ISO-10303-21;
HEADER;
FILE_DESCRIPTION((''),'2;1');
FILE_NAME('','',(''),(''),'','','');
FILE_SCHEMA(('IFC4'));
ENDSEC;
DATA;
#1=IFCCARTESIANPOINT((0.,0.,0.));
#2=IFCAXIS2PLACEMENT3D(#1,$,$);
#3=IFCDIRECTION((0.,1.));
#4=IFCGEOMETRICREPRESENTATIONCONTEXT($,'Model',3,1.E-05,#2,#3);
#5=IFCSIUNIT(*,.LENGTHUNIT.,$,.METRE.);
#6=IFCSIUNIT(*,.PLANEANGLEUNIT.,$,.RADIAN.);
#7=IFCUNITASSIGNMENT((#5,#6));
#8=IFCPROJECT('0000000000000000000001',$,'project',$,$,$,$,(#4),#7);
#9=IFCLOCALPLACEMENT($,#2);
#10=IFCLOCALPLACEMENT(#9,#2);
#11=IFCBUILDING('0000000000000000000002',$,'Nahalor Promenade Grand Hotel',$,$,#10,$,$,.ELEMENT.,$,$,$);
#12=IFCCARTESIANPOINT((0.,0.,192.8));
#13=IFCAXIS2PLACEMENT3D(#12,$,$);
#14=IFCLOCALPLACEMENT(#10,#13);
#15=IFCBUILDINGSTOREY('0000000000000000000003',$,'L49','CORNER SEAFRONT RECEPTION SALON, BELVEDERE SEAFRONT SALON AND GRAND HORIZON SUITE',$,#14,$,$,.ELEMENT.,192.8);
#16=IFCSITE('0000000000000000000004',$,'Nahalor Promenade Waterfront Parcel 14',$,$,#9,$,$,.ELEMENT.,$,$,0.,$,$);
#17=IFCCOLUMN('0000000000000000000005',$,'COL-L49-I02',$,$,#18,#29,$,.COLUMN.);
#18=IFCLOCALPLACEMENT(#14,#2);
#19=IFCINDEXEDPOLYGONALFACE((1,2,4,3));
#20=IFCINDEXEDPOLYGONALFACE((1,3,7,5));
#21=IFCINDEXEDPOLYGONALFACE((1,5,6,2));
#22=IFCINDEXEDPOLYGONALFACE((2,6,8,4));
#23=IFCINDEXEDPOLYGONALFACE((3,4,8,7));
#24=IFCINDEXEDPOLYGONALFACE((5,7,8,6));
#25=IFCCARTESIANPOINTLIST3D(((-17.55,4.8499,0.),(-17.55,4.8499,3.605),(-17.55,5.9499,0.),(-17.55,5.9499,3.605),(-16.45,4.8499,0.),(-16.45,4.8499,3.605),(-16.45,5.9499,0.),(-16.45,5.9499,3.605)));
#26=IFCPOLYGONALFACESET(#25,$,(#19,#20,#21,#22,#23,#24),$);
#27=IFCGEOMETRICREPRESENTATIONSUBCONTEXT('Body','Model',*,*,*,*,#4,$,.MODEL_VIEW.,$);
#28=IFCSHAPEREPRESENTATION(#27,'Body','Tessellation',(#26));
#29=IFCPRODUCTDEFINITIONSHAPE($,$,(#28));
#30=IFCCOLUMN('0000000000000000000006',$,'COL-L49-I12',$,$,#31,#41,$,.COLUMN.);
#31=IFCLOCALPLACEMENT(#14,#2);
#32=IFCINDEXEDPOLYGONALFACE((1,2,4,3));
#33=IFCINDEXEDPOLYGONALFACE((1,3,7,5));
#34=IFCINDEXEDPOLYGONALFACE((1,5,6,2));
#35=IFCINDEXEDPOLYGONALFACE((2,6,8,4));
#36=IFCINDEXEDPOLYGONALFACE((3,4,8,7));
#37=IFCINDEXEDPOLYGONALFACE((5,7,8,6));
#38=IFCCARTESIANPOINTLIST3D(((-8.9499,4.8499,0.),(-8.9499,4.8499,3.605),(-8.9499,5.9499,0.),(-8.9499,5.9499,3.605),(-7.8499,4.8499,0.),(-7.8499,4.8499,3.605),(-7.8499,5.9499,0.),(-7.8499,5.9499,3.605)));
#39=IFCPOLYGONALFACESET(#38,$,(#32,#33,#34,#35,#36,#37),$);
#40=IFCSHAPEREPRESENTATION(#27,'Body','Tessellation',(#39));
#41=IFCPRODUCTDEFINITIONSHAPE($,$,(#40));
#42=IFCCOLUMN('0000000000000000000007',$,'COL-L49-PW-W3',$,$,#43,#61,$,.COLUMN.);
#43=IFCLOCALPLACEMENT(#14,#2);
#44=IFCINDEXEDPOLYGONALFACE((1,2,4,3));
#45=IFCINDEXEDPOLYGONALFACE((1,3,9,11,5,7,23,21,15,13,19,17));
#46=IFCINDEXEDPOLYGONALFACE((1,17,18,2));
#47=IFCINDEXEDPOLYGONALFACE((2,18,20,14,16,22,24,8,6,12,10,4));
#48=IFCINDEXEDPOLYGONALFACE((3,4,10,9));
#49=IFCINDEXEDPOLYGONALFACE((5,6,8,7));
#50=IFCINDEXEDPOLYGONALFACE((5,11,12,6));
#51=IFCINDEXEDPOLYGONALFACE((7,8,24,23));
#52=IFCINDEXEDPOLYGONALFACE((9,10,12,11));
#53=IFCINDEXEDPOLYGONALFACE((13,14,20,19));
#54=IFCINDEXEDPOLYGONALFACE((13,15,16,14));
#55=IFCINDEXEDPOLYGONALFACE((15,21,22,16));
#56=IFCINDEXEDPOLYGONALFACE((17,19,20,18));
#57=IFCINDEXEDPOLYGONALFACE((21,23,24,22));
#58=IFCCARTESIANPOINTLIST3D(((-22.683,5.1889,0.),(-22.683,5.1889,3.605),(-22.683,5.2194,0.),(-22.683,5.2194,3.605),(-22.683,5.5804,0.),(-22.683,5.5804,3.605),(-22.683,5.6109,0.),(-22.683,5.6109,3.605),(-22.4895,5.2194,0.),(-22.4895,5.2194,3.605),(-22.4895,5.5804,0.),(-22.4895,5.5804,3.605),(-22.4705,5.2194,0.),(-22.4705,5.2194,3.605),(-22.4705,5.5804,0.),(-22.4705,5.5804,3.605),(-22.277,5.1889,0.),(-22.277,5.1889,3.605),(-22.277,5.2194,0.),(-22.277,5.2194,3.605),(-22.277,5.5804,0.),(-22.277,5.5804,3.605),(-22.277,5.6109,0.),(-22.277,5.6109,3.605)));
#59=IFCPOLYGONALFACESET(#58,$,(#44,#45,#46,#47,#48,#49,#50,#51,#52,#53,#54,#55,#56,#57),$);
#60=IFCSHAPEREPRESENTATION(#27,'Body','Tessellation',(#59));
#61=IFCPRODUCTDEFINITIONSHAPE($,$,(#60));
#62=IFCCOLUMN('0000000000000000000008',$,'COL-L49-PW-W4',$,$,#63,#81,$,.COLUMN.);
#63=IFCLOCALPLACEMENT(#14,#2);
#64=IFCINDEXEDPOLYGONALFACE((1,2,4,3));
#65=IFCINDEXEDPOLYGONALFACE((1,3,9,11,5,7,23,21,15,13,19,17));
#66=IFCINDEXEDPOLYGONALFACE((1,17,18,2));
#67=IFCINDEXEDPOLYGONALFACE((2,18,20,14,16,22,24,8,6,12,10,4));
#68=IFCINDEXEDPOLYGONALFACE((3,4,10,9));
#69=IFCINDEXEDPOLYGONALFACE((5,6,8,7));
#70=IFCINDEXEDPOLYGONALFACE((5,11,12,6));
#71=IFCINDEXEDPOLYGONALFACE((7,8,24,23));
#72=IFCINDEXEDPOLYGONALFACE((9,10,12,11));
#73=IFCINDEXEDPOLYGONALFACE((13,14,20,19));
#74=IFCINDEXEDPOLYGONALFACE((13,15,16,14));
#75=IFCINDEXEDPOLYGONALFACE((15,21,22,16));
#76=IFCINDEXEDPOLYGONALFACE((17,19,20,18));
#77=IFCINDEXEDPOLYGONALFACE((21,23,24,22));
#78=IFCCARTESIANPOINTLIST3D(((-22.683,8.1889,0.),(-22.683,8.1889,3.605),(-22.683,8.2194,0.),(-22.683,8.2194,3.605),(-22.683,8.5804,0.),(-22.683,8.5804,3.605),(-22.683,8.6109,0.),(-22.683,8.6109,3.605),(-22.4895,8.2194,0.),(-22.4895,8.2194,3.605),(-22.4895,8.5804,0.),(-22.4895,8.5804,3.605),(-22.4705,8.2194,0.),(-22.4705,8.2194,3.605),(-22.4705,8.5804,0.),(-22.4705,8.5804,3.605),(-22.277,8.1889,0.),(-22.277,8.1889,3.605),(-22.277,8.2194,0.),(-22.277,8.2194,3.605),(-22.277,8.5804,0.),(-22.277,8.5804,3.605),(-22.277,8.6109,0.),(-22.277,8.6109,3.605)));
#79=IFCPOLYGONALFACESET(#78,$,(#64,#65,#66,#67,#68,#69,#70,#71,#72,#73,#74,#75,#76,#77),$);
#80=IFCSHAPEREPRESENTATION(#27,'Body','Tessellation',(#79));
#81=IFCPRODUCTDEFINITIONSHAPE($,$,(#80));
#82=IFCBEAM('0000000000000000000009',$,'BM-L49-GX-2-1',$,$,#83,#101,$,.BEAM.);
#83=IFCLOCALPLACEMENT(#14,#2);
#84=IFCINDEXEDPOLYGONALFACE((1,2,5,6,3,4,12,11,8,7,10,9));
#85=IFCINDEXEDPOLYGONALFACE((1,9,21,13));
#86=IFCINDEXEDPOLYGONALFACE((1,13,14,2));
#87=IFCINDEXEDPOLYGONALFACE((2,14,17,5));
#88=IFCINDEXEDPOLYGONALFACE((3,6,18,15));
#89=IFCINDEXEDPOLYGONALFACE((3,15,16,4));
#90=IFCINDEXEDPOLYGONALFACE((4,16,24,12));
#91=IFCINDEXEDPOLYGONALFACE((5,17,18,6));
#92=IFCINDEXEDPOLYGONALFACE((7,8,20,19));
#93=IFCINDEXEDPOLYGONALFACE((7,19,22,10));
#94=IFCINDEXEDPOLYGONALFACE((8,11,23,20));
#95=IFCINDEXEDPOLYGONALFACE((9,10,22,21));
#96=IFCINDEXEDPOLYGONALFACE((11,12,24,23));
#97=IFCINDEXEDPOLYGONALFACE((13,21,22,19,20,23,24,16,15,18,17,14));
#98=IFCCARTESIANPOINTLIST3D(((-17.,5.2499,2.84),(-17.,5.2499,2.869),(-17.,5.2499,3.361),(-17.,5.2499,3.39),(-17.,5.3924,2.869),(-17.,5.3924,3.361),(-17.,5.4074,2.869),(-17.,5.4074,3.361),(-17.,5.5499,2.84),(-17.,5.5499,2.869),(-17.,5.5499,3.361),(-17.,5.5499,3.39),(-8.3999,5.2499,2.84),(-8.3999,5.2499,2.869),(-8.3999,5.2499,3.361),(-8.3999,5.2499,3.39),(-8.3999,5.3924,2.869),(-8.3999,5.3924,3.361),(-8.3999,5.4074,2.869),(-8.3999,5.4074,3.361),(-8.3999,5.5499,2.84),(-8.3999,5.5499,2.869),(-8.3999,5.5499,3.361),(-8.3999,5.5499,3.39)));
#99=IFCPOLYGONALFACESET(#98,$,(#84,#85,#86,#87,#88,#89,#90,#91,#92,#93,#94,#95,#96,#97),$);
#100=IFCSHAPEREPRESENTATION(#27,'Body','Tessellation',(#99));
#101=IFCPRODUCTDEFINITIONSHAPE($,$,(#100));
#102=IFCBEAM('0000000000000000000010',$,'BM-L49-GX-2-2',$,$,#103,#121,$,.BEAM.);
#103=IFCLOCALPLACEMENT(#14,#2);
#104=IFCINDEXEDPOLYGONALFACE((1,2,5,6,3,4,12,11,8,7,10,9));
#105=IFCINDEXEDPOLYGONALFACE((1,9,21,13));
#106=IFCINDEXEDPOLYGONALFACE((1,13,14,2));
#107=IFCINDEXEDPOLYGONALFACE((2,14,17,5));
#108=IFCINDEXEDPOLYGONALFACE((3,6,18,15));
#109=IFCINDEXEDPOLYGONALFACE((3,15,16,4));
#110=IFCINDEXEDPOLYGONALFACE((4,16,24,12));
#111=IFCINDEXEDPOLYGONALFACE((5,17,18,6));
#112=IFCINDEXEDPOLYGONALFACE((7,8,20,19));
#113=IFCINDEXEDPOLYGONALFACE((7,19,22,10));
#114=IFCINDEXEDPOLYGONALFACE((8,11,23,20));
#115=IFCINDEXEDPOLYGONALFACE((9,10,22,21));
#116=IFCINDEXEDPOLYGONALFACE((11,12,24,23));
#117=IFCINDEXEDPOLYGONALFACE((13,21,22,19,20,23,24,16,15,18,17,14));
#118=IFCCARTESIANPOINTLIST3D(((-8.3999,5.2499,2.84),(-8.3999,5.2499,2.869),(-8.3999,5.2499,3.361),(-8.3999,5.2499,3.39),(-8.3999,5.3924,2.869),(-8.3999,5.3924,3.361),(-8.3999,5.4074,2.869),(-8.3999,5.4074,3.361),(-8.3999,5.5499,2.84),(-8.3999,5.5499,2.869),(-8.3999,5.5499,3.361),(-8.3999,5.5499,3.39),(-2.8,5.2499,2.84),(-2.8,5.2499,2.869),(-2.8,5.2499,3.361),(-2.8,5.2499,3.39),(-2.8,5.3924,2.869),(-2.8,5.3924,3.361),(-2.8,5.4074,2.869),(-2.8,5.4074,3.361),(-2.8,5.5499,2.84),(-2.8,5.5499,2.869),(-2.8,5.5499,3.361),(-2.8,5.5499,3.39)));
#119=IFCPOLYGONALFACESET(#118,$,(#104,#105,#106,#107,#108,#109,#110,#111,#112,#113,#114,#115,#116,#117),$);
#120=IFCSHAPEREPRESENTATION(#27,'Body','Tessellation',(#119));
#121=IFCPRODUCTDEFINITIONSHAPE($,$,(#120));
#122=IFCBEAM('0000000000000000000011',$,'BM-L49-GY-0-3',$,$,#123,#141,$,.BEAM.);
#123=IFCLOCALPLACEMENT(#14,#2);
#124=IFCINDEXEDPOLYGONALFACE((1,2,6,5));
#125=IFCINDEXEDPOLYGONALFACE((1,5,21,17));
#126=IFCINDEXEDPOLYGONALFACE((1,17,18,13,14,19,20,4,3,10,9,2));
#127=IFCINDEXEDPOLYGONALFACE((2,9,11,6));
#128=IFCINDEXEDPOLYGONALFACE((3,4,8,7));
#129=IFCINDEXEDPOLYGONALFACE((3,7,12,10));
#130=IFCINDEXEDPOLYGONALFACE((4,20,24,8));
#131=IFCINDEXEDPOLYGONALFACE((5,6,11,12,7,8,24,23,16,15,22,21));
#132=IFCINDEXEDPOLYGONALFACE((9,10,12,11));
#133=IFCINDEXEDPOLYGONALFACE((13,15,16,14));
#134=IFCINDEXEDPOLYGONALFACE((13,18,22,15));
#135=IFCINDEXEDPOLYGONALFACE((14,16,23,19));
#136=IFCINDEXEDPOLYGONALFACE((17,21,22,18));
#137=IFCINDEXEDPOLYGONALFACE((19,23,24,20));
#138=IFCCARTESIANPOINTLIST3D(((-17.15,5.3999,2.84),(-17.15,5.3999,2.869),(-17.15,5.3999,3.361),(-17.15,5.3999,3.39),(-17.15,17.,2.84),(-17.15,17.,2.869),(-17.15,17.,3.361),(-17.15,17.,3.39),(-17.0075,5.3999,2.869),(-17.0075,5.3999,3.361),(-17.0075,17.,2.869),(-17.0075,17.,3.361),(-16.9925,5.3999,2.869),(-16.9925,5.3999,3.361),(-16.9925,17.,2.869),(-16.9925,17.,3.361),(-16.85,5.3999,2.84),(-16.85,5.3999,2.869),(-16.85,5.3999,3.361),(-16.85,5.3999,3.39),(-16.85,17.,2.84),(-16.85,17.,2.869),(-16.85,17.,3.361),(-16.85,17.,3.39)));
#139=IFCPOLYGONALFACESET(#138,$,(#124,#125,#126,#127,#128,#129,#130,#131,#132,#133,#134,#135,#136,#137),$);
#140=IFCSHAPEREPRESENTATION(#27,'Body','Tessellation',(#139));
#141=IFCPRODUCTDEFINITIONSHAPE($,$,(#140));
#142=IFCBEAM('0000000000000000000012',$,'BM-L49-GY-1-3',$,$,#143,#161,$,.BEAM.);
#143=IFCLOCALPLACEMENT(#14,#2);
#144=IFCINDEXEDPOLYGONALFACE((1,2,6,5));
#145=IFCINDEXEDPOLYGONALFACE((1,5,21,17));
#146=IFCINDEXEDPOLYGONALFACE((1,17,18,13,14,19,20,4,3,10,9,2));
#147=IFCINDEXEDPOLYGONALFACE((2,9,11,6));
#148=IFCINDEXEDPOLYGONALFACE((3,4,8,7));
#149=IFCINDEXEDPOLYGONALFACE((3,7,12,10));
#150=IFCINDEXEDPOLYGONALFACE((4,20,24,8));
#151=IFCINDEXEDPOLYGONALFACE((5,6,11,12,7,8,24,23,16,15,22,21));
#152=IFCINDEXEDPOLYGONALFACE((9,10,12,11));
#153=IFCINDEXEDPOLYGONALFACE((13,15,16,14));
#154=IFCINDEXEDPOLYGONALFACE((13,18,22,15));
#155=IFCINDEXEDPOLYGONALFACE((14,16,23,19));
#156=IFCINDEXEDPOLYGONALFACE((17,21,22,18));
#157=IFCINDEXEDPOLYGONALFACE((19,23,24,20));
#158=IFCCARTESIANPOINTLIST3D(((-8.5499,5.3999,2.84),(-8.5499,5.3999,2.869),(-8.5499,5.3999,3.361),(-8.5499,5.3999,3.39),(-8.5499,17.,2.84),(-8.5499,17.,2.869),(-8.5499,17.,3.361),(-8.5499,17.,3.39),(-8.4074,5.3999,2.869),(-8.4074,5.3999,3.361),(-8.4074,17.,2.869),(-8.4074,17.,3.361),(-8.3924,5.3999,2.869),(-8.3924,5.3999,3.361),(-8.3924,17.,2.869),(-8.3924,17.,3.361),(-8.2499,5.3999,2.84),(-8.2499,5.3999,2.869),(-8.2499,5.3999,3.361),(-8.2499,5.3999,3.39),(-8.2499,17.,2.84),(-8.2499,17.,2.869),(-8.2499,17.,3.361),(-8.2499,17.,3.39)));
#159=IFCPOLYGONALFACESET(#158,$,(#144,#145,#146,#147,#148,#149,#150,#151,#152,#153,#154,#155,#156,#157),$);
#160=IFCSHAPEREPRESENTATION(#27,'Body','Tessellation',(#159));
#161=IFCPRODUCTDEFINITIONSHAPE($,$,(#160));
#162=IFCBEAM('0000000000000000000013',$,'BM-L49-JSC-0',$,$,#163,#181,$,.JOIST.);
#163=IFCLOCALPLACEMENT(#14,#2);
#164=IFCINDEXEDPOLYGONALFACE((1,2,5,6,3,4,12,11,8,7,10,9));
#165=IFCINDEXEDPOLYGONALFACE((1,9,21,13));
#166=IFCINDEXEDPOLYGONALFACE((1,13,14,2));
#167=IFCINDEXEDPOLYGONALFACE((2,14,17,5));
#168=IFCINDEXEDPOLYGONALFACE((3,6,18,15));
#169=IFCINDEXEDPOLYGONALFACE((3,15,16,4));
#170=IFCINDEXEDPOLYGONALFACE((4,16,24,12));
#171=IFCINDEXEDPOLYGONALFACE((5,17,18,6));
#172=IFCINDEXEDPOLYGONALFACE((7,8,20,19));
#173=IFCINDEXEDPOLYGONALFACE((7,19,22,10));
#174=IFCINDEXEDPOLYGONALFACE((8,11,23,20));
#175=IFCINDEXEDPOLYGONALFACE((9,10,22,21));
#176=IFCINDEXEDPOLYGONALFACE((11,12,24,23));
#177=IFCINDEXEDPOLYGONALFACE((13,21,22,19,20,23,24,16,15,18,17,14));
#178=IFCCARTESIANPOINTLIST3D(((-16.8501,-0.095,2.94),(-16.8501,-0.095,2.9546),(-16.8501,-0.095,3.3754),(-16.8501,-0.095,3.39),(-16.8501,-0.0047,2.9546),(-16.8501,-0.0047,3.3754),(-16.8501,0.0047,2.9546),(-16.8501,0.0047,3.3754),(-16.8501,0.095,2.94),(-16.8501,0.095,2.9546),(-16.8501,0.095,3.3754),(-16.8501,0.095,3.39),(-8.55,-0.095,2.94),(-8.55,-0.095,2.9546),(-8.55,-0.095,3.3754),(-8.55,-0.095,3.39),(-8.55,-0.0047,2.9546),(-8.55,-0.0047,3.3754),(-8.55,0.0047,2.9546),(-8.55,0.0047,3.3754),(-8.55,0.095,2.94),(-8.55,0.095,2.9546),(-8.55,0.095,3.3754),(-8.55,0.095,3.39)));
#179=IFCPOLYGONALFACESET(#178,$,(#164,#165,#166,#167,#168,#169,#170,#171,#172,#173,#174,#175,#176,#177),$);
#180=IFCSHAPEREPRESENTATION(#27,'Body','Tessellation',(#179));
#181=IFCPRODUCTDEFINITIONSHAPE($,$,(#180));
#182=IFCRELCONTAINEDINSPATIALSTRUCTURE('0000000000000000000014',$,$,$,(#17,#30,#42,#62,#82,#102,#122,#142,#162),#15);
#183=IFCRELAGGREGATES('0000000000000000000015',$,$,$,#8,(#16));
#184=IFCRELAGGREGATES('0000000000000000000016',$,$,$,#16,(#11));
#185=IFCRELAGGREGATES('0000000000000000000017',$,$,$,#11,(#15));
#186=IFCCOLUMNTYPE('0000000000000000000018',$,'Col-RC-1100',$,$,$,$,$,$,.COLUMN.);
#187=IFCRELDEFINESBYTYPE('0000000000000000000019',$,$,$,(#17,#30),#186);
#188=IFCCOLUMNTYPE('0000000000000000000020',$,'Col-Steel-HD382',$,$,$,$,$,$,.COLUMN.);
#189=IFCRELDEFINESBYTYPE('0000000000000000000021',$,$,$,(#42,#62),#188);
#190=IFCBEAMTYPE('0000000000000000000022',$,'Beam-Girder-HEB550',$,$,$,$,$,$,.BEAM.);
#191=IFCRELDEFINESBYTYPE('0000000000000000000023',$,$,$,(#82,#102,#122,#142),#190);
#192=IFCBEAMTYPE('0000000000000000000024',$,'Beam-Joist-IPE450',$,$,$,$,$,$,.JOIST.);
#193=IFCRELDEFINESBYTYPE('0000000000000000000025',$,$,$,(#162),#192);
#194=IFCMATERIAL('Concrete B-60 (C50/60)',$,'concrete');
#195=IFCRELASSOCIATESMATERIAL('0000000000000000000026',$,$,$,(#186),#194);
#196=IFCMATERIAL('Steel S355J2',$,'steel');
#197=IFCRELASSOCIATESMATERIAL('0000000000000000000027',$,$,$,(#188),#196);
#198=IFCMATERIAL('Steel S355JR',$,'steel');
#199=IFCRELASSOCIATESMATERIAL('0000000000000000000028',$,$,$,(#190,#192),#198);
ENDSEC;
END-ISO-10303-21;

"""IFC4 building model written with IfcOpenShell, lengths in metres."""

from ifc_helpers import new_model, si_unit, direction, frame, origin, origin_2d, place, context, subcontext, project, spatial, rectangle, i_section, extrude, source, transform, mapped, material, material_profile, profile_set, type_object, element, save


model = new_model("IFC4")

# Units and contexts
model_context = context("Model", 3, precision=1e-05, world=origin(), true_north=direction((0.0, 1.0)))
body_context = subcontext(model_context, "Body", "Model", "MODEL_VIEW")
ifc_project = project(units=[si_unit("LENGTHUNIT", "METRE"), si_unit("PLANEANGLEUNIT", "RADIAN")], contexts=[model_context])

# Site, building, storey
site_placement = place(None, origin())
site = spatial("IfcSite", under=ifc_project, at=site_placement, Name="Nahalor Promenade Waterfront Parcel 14", CompositionType="ELEMENT", RefElevation=0.0)
building_placement = place(site_placement, origin())
building = spatial("IfcBuilding", under=site, at=building_placement, Name="Nahalor Promenade Grand Hotel", CompositionType="ELEMENT")
storey_placement = place(building_placement, frame((0.0, 0.0, 192.8)))
storey = spatial("IfcBuildingStorey", under=building, at=storey_placement, Name="L49", Description="CORNER SEAFRONT RECEPTION SALON, BELVEDERE SEAFRONT SALON AND GRAND HORIZON SUITE", CompositionType="ELEMENT", Elevation=192.8)

# Columns
ifc_material_1 = material(Name="Concrete B-60 (C50/60)", Category="concrete")
ifc_material_profile_1 = material_profile(ifc_material_1, rectangle(XDim=1.1, YDim=1.1, at=origin_2d()), Name="RC 1100x1100")
ifc_profile_set_1 = profile_set([ifc_material_profile_1], Name="Concrete B-60 (C50/60)")
column_type_1 = type_object("IfcColumnType", Name="Col-RC-1100", PredefinedType="COLUMN", material=ifc_profile_set_1)
shared_shape_1 = source(origin(), body_context, "Body", "SweptSolid", [
    extrude(rectangle(XDim=1.1, YDim=1.1, at=origin_2d()), origin(), (0.0, 0.0, 1.0), 3.605),
])
for number, where, z_axis, x_axis, name in (
    (1, (-17.0, 5.3999, 0.0), (0.0, 0.0, 1.0), (1.0, 0.0, 0.0), "COL-L49-I02"),
    (2, (-8.3999, 5.3999, 0.0), (0.0, 0.0, 1.0), (1.0, 0.0, 0.0), "COL-L49-I12"),
):
    element("IfcColumn", number, at=place(storey_placement, frame(where, z_axis=z_axis, x_axis=x_axis)), inside=storey, type_object=column_type_1, Name=name, PredefinedType="COLUMN", context=body_context, shape_type="MappedRepresentation", body=[
        mapped(shared_shape_1, transform((0.0, 0.0, 0.0), scale=1.0)),
    ])
ifc_material_2 = material(Name="Steel S355J2", Category="steel")
ifc_material_profile_2 = material_profile(ifc_material_2, i_section(OverallWidth=0.406, OverallDepth=0.422, WebThickness=0.019, FlangeThickness=0.0305, at=origin_2d()), Name="HD 400x382")
ifc_profile_set_2 = profile_set([ifc_material_profile_2], Name="Steel S355J2")
column_type_2 = type_object("IfcColumnType", Name="Col-Steel-HD382", PredefinedType="COLUMN", material=ifc_profile_set_2)
shared_shape_2 = source(origin(), body_context, "Body", "SweptSolid", [
    extrude(i_section(OverallWidth=0.406, OverallDepth=0.422, WebThickness=0.019, FlangeThickness=0.0305, at=origin_2d()), origin(), (0.0, 0.0, 1.0), 3.605),
])
for number, where, z_axis, x_axis, name in (
    (3, (-22.48, 5.3999, 0.0), (0.0, 0.0, 1.0), (1.0, 0.0, 0.0), "COL-L49-PW-W3"),
    (4, (-22.48, 8.3999, 0.0), (0.0, 0.0, 1.0), (1.0, 0.0, 0.0), "COL-L49-PW-W4"),
):
    element("IfcColumn", number, at=place(storey_placement, frame(where, z_axis=z_axis, x_axis=x_axis)), inside=storey, type_object=column_type_2, Name=name, PredefinedType="COLUMN", context=body_context, shape_type="MappedRepresentation", body=[
        mapped(shared_shape_2, transform((0.0, 0.0, 0.0), scale=1.0)),
    ])

# Beams
ifc_material_3 = material(Name="Steel S355JR", Category="steel")
ifc_material_profile_3 = material_profile(ifc_material_3, i_section(OverallWidth=0.3, OverallDepth=0.55, WebThickness=0.015, FlangeThickness=0.029, at=origin_2d()), Name="HEB 550")
ifc_profile_set_3 = profile_set([ifc_material_profile_3], Name="Steel S355JR")
beam_type_1 = type_object("IfcBeamType", Name="Beam-Girder-HEB550", PredefinedType="BEAM", material=ifc_profile_set_3)
shared_shape_3 = source(origin(), body_context, "Body", "SweptSolid", [
    extrude(i_section(OverallWidth=0.3, OverallDepth=0.55, WebThickness=0.015, FlangeThickness=0.029, at=origin_2d()), origin(), (0.0, 0.0, 1.0), 8.6001),
])
beam_1_placement = place(storey_placement, frame((-17.0, 5.3999, 3.115), z_axis=(1.0, 0.0, 0.0), x_axis=(0.0, 1.0, 0.0)))
element("IfcBeam", 5, at=beam_1_placement, inside=storey, type_object=beam_type_1, Name="BM-L49-GX-2-1", PredefinedType="BEAM", context=body_context, shape_type="MappedRepresentation", body=[
    mapped(shared_shape_3, transform((0.0, 0.0, 0.0), scale=1.0)),
])
shared_shape_4 = source(origin(), body_context, "Body", "SweptSolid", [
    extrude(i_section(OverallWidth=0.3, OverallDepth=0.55, WebThickness=0.015, FlangeThickness=0.029, at=origin_2d()), origin(), (0.0, 0.0, 1.0), 5.5999),
])
beam_2_placement = place(storey_placement, frame((-8.3999, 5.3999, 3.115), z_axis=(1.0, 0.0, 0.0), x_axis=(0.0, 1.0, 0.0)))
element("IfcBeam", 6, at=beam_2_placement, inside=storey, type_object=beam_type_1, Name="BM-L49-GX-2-2", PredefinedType="BEAM", context=body_context, shape_type="MappedRepresentation", body=[
    mapped(shared_shape_4, transform((0.0, 0.0, 0.0), scale=1.0)),
])
shared_shape_5 = source(origin(), body_context, "Body", "SweptSolid", [
    extrude(i_section(OverallWidth=0.3, OverallDepth=0.55, WebThickness=0.015, FlangeThickness=0.029, at=origin_2d()), origin(), (0.0, 0.0, 1.0), 11.6001),
])
for number, where, z_axis, x_axis, name in (
    (7, (-17.0, 5.3999, 3.115), (0.0, 1.0, 0.0), (-1.0, 0.0, 0.0), "BM-L49-GY-0-3"),
    (8, (-8.3999, 5.3999, 3.115), (0.0, 1.0, 0.0), (-1.0, 0.0, 0.0), "BM-L49-GY-1-3"),
):
    element("IfcBeam", number, at=place(storey_placement, frame(where, z_axis=z_axis, x_axis=x_axis)), inside=storey, type_object=beam_type_1, Name=name, PredefinedType="BEAM", context=body_context, shape_type="MappedRepresentation", body=[
        mapped(shared_shape_5, transform((0.0, 0.0, 0.0), scale=1.0)),
    ])
ifc_material_profile_4 = material_profile(ifc_material_3, i_section(OverallWidth=0.19, OverallDepth=0.45, WebThickness=0.0094, FlangeThickness=0.0146, at=origin_2d()), Name="IPE 450")
ifc_profile_set_4 = profile_set([ifc_material_profile_4], Name="Steel S355JR")
beam_type_2 = type_object("IfcBeamType", Name="Beam-Joist-IPE450", PredefinedType="JOIST", material=ifc_profile_set_4)
shared_shape_6 = source(origin(), body_context, "Body", "SweptSolid", [
    extrude(i_section(OverallWidth=0.19, OverallDepth=0.45, WebThickness=0.0094, FlangeThickness=0.0146, at=origin_2d()), origin(), (0.0, 0.0, 1.0), 8.3),
])
beam_3_placement = place(storey_placement, frame((-16.8501, 0.0, 3.165), z_axis=(1.0, 0.0, 0.0), x_axis=(0.0, 1.0, 0.0)))
element("IfcBeam", 9, at=beam_3_placement, inside=storey, type_object=beam_type_2, Name="BM-L49-JSC-0", PredefinedType="JOIST", context=body_context, shape_type="MappedRepresentation", body=[
    mapped(shared_shape_6, transform((0.0, 0.0, 0.0), scale=1.0)),
])

save(model, "model.ifc")
